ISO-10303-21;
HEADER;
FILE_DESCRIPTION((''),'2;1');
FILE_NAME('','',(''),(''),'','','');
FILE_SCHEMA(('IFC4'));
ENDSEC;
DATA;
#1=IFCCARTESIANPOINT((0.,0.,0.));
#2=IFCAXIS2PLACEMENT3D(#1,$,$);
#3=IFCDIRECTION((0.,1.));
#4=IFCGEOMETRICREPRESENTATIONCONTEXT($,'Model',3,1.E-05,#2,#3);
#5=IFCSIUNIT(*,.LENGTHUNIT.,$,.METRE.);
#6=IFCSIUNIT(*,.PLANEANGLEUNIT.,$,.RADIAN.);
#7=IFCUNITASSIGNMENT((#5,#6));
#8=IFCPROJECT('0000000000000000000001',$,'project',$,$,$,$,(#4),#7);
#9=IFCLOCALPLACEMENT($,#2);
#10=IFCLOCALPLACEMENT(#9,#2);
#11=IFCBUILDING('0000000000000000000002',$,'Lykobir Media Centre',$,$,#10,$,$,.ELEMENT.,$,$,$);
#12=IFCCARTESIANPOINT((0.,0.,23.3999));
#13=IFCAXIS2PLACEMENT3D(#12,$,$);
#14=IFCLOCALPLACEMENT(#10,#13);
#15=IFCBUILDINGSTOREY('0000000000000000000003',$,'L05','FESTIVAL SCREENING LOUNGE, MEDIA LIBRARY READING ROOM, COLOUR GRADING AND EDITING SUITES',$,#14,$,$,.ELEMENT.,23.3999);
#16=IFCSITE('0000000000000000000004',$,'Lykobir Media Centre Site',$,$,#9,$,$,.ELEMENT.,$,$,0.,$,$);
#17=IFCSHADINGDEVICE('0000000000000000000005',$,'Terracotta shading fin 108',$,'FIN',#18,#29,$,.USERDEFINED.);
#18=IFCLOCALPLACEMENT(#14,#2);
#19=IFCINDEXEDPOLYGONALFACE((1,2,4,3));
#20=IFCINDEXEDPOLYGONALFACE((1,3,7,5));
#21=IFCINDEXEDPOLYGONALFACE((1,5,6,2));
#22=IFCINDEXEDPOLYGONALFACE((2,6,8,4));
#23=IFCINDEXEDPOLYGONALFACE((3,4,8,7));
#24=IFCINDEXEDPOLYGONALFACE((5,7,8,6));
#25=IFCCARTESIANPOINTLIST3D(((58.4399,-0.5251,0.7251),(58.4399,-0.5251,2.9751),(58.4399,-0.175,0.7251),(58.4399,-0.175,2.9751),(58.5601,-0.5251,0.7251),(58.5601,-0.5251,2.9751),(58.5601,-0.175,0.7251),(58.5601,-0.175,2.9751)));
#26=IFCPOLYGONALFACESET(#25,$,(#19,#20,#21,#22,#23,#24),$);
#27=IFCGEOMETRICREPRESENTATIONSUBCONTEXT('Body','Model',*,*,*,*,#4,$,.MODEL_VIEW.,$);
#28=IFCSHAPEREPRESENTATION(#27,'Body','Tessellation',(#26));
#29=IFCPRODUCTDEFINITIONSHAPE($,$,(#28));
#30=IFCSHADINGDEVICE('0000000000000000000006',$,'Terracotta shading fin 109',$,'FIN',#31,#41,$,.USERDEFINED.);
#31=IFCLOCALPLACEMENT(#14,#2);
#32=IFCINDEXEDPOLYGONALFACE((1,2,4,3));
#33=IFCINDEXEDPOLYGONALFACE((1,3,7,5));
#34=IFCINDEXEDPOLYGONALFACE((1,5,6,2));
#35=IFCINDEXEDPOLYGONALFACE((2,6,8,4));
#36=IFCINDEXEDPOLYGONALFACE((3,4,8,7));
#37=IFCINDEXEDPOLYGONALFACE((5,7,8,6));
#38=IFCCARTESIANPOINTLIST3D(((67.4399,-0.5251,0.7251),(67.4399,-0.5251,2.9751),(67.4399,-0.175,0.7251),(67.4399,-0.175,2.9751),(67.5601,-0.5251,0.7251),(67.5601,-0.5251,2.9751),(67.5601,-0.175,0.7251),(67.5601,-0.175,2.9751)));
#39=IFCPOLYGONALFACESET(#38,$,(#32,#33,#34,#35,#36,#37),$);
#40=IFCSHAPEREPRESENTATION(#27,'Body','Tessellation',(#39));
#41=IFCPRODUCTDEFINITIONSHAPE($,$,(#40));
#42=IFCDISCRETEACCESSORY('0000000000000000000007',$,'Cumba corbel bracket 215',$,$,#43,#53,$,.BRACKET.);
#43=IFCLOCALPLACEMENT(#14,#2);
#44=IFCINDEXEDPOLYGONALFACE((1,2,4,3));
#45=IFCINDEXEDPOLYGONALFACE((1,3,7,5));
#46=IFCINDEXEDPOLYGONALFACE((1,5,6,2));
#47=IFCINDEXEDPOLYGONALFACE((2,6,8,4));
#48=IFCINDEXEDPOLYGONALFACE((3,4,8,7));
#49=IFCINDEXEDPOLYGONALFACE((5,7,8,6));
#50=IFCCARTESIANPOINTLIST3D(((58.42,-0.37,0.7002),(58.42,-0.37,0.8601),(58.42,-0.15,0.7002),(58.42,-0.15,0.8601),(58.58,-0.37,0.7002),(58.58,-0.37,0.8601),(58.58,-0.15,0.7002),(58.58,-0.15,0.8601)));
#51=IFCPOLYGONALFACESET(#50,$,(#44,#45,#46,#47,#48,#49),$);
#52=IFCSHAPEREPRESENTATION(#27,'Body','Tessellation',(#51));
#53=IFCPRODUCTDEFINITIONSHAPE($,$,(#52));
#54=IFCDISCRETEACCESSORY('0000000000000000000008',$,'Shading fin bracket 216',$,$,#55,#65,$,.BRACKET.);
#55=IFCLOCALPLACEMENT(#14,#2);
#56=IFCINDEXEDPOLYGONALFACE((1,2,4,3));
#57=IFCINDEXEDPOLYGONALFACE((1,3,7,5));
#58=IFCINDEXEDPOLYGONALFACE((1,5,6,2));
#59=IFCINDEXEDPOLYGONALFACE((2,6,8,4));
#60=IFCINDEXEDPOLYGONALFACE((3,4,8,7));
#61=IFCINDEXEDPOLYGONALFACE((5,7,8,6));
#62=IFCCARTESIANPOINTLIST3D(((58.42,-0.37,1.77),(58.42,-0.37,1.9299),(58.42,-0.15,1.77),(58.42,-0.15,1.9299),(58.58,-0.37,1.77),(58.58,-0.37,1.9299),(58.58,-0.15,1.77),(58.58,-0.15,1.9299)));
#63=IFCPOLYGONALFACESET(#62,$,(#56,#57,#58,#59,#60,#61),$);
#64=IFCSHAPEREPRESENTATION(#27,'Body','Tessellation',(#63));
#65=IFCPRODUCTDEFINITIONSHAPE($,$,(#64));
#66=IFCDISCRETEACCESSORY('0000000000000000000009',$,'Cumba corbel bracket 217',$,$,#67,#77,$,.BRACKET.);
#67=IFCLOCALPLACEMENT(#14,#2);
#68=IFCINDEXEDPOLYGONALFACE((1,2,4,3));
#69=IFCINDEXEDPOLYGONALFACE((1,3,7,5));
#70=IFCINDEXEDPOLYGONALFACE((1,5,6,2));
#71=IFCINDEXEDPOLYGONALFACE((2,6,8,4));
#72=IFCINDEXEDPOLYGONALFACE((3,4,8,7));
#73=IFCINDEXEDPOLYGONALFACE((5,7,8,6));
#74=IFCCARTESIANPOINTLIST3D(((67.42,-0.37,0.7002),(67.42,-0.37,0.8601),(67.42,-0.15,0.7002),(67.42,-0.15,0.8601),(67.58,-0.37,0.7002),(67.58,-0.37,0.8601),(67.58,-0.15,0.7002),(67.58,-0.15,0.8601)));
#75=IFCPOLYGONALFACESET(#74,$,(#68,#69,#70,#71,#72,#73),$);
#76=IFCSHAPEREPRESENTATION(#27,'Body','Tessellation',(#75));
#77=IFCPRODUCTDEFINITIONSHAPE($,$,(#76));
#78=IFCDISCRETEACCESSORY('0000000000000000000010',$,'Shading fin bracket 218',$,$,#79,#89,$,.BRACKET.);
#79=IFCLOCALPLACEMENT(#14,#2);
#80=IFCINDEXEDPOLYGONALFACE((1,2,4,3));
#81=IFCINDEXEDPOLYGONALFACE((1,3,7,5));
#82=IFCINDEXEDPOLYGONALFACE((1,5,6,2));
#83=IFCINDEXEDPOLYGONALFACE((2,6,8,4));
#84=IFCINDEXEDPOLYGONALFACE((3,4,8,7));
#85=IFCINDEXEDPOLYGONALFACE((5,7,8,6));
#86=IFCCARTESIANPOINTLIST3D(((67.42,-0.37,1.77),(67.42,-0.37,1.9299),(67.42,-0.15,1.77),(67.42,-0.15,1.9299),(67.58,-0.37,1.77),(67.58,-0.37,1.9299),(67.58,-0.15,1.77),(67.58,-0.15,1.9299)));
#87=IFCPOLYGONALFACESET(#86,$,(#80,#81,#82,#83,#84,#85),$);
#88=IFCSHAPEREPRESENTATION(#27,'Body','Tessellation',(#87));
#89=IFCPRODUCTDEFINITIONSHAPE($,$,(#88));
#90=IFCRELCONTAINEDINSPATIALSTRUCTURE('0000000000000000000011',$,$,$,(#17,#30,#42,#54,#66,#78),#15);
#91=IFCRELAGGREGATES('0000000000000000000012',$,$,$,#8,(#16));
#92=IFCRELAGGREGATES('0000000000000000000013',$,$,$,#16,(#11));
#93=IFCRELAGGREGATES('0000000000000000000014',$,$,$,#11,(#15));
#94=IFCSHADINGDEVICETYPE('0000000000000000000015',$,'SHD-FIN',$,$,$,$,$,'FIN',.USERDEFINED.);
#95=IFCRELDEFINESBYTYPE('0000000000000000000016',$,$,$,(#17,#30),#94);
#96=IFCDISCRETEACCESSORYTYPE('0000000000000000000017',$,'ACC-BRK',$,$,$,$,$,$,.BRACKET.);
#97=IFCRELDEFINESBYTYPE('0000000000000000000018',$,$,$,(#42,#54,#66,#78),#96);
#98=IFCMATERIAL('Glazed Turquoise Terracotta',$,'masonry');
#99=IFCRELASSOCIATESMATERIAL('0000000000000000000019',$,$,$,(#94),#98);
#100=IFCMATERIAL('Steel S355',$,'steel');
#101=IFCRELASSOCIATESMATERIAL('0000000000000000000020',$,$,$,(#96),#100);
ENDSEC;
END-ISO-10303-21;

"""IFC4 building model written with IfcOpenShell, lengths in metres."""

from ifc_helpers import new_model, si_unit, direction, frame, origin, origin_2d, place, context, subcontext, project, spatial, rectangle, extrude, material, type_object, element, save


model = new_model("IFC4")

# Units and contexts
model_context = context("Model", 3, precision=1e-05, world=origin(), true_north=direction((0.0, 1.0)))
body_context = subcontext(model_context, "Body", "Model", "MODEL_VIEW")
ifc_project = project(units=[si_unit("LENGTHUNIT", "METRE"), si_unit("PLANEANGLEUNIT", "RADIAN")], contexts=[model_context])

# Site, building, storey
site_placement = place(None, origin())
site = spatial("IfcSite", under=ifc_project, at=site_placement, Name="Lykobir Media Centre Site", CompositionType="ELEMENT", RefElevation=0.0)
building_placement = place(site_placement, origin())
building = spatial("IfcBuilding", under=site, at=building_placement, Name="Lykobir Media Centre", CompositionType="ELEMENT")
storey_placement = place(building_placement, frame((0.0, 0.0, 23.3999)))
storey = spatial("IfcBuildingStorey", under=building, at=storey_placement, Name="L05", Description="FESTIVAL SCREENING LOUNGE, MEDIA LIBRARY READING ROOM, COLOUR GRADING AND EDITING SUITES", CompositionType="ELEMENT", Elevation=23.3999)

# Shared definitions
ifc_material_1 = material(Name="Steel S355", Category="steel")

# Shared definitions
ifc_material_2 = material(Name="Glazed Turquoise Terracotta", Category="masonry")

# Shading devices
shading_device_type = type_object("IfcShadingDeviceType", Name="SHD-FIN", ElementType="FIN", PredefinedType="USERDEFINED", material=ifc_material_2)
for number, where, z_axis, x_axis, name in (
    (1, (58.5, -0.3501, 0.7251), (0.0, 0.0, 1.0), (1.0, 0.0, 0.0), "Terracotta shading fin 108"),
    (2, (67.5, -0.3501, 0.7251), (0.0, 0.0, 1.0), (1.0, 0.0, 0.0), "Terracotta shading fin 109"),
):
    element("IfcShadingDevice", number, at=place(storey_placement, frame(where, z_axis=z_axis, x_axis=x_axis)), inside=storey, type_object=shading_device_type, Name=name, ObjectType="FIN", PredefinedType="USERDEFINED", context=body_context, shape_type="SweptSolid", body=[
        extrude(rectangle(XDim=0.1201, YDim=0.3501, at=origin_2d()), origin(), (0.0, 0.0, 1.0), 2.25),
    ])

# Discrete accessories
discrete_accessory_type = type_object("IfcDiscreteAccessoryType", Name="ACC-BRK", PredefinedType="BRACKET", material=ifc_material_1)
for number, where, z_axis, x_axis, name in (
    (3, (58.5, -0.26, 0.7002), (0.0, 0.0, 1.0), (1.0, 0.0, 0.0), "Cumba corbel bracket 215"),
    (4, (58.5, -0.26, 1.77), (0.0, 0.0, 1.0), (1.0, 0.0, 0.0), "Shading fin bracket 216"),
    (5, (67.5, -0.26, 0.7002), (0.0, 0.0, 1.0), (1.0, 0.0, 0.0), "Cumba corbel bracket 217"),
    (6, (67.5, -0.26, 1.77), (0.0, 0.0, 1.0), (1.0, 0.0, 0.0), "Shading fin bracket 218"),
):
    element("IfcDiscreteAccessory", number, at=place(storey_placement, frame(where, z_axis=z_axis, x_axis=x_axis)), inside=storey, type_object=discrete_accessory_type, Name=name, PredefinedType="BRACKET", context=body_context, shape_type="SweptSolid", body=[
        extrude(rectangle(XDim=0.1599, YDim=0.22, at=origin_2d()), origin(), (0.0, 0.0, 1.0), 0.1599),
    ])

save(model, "model.ifc")
